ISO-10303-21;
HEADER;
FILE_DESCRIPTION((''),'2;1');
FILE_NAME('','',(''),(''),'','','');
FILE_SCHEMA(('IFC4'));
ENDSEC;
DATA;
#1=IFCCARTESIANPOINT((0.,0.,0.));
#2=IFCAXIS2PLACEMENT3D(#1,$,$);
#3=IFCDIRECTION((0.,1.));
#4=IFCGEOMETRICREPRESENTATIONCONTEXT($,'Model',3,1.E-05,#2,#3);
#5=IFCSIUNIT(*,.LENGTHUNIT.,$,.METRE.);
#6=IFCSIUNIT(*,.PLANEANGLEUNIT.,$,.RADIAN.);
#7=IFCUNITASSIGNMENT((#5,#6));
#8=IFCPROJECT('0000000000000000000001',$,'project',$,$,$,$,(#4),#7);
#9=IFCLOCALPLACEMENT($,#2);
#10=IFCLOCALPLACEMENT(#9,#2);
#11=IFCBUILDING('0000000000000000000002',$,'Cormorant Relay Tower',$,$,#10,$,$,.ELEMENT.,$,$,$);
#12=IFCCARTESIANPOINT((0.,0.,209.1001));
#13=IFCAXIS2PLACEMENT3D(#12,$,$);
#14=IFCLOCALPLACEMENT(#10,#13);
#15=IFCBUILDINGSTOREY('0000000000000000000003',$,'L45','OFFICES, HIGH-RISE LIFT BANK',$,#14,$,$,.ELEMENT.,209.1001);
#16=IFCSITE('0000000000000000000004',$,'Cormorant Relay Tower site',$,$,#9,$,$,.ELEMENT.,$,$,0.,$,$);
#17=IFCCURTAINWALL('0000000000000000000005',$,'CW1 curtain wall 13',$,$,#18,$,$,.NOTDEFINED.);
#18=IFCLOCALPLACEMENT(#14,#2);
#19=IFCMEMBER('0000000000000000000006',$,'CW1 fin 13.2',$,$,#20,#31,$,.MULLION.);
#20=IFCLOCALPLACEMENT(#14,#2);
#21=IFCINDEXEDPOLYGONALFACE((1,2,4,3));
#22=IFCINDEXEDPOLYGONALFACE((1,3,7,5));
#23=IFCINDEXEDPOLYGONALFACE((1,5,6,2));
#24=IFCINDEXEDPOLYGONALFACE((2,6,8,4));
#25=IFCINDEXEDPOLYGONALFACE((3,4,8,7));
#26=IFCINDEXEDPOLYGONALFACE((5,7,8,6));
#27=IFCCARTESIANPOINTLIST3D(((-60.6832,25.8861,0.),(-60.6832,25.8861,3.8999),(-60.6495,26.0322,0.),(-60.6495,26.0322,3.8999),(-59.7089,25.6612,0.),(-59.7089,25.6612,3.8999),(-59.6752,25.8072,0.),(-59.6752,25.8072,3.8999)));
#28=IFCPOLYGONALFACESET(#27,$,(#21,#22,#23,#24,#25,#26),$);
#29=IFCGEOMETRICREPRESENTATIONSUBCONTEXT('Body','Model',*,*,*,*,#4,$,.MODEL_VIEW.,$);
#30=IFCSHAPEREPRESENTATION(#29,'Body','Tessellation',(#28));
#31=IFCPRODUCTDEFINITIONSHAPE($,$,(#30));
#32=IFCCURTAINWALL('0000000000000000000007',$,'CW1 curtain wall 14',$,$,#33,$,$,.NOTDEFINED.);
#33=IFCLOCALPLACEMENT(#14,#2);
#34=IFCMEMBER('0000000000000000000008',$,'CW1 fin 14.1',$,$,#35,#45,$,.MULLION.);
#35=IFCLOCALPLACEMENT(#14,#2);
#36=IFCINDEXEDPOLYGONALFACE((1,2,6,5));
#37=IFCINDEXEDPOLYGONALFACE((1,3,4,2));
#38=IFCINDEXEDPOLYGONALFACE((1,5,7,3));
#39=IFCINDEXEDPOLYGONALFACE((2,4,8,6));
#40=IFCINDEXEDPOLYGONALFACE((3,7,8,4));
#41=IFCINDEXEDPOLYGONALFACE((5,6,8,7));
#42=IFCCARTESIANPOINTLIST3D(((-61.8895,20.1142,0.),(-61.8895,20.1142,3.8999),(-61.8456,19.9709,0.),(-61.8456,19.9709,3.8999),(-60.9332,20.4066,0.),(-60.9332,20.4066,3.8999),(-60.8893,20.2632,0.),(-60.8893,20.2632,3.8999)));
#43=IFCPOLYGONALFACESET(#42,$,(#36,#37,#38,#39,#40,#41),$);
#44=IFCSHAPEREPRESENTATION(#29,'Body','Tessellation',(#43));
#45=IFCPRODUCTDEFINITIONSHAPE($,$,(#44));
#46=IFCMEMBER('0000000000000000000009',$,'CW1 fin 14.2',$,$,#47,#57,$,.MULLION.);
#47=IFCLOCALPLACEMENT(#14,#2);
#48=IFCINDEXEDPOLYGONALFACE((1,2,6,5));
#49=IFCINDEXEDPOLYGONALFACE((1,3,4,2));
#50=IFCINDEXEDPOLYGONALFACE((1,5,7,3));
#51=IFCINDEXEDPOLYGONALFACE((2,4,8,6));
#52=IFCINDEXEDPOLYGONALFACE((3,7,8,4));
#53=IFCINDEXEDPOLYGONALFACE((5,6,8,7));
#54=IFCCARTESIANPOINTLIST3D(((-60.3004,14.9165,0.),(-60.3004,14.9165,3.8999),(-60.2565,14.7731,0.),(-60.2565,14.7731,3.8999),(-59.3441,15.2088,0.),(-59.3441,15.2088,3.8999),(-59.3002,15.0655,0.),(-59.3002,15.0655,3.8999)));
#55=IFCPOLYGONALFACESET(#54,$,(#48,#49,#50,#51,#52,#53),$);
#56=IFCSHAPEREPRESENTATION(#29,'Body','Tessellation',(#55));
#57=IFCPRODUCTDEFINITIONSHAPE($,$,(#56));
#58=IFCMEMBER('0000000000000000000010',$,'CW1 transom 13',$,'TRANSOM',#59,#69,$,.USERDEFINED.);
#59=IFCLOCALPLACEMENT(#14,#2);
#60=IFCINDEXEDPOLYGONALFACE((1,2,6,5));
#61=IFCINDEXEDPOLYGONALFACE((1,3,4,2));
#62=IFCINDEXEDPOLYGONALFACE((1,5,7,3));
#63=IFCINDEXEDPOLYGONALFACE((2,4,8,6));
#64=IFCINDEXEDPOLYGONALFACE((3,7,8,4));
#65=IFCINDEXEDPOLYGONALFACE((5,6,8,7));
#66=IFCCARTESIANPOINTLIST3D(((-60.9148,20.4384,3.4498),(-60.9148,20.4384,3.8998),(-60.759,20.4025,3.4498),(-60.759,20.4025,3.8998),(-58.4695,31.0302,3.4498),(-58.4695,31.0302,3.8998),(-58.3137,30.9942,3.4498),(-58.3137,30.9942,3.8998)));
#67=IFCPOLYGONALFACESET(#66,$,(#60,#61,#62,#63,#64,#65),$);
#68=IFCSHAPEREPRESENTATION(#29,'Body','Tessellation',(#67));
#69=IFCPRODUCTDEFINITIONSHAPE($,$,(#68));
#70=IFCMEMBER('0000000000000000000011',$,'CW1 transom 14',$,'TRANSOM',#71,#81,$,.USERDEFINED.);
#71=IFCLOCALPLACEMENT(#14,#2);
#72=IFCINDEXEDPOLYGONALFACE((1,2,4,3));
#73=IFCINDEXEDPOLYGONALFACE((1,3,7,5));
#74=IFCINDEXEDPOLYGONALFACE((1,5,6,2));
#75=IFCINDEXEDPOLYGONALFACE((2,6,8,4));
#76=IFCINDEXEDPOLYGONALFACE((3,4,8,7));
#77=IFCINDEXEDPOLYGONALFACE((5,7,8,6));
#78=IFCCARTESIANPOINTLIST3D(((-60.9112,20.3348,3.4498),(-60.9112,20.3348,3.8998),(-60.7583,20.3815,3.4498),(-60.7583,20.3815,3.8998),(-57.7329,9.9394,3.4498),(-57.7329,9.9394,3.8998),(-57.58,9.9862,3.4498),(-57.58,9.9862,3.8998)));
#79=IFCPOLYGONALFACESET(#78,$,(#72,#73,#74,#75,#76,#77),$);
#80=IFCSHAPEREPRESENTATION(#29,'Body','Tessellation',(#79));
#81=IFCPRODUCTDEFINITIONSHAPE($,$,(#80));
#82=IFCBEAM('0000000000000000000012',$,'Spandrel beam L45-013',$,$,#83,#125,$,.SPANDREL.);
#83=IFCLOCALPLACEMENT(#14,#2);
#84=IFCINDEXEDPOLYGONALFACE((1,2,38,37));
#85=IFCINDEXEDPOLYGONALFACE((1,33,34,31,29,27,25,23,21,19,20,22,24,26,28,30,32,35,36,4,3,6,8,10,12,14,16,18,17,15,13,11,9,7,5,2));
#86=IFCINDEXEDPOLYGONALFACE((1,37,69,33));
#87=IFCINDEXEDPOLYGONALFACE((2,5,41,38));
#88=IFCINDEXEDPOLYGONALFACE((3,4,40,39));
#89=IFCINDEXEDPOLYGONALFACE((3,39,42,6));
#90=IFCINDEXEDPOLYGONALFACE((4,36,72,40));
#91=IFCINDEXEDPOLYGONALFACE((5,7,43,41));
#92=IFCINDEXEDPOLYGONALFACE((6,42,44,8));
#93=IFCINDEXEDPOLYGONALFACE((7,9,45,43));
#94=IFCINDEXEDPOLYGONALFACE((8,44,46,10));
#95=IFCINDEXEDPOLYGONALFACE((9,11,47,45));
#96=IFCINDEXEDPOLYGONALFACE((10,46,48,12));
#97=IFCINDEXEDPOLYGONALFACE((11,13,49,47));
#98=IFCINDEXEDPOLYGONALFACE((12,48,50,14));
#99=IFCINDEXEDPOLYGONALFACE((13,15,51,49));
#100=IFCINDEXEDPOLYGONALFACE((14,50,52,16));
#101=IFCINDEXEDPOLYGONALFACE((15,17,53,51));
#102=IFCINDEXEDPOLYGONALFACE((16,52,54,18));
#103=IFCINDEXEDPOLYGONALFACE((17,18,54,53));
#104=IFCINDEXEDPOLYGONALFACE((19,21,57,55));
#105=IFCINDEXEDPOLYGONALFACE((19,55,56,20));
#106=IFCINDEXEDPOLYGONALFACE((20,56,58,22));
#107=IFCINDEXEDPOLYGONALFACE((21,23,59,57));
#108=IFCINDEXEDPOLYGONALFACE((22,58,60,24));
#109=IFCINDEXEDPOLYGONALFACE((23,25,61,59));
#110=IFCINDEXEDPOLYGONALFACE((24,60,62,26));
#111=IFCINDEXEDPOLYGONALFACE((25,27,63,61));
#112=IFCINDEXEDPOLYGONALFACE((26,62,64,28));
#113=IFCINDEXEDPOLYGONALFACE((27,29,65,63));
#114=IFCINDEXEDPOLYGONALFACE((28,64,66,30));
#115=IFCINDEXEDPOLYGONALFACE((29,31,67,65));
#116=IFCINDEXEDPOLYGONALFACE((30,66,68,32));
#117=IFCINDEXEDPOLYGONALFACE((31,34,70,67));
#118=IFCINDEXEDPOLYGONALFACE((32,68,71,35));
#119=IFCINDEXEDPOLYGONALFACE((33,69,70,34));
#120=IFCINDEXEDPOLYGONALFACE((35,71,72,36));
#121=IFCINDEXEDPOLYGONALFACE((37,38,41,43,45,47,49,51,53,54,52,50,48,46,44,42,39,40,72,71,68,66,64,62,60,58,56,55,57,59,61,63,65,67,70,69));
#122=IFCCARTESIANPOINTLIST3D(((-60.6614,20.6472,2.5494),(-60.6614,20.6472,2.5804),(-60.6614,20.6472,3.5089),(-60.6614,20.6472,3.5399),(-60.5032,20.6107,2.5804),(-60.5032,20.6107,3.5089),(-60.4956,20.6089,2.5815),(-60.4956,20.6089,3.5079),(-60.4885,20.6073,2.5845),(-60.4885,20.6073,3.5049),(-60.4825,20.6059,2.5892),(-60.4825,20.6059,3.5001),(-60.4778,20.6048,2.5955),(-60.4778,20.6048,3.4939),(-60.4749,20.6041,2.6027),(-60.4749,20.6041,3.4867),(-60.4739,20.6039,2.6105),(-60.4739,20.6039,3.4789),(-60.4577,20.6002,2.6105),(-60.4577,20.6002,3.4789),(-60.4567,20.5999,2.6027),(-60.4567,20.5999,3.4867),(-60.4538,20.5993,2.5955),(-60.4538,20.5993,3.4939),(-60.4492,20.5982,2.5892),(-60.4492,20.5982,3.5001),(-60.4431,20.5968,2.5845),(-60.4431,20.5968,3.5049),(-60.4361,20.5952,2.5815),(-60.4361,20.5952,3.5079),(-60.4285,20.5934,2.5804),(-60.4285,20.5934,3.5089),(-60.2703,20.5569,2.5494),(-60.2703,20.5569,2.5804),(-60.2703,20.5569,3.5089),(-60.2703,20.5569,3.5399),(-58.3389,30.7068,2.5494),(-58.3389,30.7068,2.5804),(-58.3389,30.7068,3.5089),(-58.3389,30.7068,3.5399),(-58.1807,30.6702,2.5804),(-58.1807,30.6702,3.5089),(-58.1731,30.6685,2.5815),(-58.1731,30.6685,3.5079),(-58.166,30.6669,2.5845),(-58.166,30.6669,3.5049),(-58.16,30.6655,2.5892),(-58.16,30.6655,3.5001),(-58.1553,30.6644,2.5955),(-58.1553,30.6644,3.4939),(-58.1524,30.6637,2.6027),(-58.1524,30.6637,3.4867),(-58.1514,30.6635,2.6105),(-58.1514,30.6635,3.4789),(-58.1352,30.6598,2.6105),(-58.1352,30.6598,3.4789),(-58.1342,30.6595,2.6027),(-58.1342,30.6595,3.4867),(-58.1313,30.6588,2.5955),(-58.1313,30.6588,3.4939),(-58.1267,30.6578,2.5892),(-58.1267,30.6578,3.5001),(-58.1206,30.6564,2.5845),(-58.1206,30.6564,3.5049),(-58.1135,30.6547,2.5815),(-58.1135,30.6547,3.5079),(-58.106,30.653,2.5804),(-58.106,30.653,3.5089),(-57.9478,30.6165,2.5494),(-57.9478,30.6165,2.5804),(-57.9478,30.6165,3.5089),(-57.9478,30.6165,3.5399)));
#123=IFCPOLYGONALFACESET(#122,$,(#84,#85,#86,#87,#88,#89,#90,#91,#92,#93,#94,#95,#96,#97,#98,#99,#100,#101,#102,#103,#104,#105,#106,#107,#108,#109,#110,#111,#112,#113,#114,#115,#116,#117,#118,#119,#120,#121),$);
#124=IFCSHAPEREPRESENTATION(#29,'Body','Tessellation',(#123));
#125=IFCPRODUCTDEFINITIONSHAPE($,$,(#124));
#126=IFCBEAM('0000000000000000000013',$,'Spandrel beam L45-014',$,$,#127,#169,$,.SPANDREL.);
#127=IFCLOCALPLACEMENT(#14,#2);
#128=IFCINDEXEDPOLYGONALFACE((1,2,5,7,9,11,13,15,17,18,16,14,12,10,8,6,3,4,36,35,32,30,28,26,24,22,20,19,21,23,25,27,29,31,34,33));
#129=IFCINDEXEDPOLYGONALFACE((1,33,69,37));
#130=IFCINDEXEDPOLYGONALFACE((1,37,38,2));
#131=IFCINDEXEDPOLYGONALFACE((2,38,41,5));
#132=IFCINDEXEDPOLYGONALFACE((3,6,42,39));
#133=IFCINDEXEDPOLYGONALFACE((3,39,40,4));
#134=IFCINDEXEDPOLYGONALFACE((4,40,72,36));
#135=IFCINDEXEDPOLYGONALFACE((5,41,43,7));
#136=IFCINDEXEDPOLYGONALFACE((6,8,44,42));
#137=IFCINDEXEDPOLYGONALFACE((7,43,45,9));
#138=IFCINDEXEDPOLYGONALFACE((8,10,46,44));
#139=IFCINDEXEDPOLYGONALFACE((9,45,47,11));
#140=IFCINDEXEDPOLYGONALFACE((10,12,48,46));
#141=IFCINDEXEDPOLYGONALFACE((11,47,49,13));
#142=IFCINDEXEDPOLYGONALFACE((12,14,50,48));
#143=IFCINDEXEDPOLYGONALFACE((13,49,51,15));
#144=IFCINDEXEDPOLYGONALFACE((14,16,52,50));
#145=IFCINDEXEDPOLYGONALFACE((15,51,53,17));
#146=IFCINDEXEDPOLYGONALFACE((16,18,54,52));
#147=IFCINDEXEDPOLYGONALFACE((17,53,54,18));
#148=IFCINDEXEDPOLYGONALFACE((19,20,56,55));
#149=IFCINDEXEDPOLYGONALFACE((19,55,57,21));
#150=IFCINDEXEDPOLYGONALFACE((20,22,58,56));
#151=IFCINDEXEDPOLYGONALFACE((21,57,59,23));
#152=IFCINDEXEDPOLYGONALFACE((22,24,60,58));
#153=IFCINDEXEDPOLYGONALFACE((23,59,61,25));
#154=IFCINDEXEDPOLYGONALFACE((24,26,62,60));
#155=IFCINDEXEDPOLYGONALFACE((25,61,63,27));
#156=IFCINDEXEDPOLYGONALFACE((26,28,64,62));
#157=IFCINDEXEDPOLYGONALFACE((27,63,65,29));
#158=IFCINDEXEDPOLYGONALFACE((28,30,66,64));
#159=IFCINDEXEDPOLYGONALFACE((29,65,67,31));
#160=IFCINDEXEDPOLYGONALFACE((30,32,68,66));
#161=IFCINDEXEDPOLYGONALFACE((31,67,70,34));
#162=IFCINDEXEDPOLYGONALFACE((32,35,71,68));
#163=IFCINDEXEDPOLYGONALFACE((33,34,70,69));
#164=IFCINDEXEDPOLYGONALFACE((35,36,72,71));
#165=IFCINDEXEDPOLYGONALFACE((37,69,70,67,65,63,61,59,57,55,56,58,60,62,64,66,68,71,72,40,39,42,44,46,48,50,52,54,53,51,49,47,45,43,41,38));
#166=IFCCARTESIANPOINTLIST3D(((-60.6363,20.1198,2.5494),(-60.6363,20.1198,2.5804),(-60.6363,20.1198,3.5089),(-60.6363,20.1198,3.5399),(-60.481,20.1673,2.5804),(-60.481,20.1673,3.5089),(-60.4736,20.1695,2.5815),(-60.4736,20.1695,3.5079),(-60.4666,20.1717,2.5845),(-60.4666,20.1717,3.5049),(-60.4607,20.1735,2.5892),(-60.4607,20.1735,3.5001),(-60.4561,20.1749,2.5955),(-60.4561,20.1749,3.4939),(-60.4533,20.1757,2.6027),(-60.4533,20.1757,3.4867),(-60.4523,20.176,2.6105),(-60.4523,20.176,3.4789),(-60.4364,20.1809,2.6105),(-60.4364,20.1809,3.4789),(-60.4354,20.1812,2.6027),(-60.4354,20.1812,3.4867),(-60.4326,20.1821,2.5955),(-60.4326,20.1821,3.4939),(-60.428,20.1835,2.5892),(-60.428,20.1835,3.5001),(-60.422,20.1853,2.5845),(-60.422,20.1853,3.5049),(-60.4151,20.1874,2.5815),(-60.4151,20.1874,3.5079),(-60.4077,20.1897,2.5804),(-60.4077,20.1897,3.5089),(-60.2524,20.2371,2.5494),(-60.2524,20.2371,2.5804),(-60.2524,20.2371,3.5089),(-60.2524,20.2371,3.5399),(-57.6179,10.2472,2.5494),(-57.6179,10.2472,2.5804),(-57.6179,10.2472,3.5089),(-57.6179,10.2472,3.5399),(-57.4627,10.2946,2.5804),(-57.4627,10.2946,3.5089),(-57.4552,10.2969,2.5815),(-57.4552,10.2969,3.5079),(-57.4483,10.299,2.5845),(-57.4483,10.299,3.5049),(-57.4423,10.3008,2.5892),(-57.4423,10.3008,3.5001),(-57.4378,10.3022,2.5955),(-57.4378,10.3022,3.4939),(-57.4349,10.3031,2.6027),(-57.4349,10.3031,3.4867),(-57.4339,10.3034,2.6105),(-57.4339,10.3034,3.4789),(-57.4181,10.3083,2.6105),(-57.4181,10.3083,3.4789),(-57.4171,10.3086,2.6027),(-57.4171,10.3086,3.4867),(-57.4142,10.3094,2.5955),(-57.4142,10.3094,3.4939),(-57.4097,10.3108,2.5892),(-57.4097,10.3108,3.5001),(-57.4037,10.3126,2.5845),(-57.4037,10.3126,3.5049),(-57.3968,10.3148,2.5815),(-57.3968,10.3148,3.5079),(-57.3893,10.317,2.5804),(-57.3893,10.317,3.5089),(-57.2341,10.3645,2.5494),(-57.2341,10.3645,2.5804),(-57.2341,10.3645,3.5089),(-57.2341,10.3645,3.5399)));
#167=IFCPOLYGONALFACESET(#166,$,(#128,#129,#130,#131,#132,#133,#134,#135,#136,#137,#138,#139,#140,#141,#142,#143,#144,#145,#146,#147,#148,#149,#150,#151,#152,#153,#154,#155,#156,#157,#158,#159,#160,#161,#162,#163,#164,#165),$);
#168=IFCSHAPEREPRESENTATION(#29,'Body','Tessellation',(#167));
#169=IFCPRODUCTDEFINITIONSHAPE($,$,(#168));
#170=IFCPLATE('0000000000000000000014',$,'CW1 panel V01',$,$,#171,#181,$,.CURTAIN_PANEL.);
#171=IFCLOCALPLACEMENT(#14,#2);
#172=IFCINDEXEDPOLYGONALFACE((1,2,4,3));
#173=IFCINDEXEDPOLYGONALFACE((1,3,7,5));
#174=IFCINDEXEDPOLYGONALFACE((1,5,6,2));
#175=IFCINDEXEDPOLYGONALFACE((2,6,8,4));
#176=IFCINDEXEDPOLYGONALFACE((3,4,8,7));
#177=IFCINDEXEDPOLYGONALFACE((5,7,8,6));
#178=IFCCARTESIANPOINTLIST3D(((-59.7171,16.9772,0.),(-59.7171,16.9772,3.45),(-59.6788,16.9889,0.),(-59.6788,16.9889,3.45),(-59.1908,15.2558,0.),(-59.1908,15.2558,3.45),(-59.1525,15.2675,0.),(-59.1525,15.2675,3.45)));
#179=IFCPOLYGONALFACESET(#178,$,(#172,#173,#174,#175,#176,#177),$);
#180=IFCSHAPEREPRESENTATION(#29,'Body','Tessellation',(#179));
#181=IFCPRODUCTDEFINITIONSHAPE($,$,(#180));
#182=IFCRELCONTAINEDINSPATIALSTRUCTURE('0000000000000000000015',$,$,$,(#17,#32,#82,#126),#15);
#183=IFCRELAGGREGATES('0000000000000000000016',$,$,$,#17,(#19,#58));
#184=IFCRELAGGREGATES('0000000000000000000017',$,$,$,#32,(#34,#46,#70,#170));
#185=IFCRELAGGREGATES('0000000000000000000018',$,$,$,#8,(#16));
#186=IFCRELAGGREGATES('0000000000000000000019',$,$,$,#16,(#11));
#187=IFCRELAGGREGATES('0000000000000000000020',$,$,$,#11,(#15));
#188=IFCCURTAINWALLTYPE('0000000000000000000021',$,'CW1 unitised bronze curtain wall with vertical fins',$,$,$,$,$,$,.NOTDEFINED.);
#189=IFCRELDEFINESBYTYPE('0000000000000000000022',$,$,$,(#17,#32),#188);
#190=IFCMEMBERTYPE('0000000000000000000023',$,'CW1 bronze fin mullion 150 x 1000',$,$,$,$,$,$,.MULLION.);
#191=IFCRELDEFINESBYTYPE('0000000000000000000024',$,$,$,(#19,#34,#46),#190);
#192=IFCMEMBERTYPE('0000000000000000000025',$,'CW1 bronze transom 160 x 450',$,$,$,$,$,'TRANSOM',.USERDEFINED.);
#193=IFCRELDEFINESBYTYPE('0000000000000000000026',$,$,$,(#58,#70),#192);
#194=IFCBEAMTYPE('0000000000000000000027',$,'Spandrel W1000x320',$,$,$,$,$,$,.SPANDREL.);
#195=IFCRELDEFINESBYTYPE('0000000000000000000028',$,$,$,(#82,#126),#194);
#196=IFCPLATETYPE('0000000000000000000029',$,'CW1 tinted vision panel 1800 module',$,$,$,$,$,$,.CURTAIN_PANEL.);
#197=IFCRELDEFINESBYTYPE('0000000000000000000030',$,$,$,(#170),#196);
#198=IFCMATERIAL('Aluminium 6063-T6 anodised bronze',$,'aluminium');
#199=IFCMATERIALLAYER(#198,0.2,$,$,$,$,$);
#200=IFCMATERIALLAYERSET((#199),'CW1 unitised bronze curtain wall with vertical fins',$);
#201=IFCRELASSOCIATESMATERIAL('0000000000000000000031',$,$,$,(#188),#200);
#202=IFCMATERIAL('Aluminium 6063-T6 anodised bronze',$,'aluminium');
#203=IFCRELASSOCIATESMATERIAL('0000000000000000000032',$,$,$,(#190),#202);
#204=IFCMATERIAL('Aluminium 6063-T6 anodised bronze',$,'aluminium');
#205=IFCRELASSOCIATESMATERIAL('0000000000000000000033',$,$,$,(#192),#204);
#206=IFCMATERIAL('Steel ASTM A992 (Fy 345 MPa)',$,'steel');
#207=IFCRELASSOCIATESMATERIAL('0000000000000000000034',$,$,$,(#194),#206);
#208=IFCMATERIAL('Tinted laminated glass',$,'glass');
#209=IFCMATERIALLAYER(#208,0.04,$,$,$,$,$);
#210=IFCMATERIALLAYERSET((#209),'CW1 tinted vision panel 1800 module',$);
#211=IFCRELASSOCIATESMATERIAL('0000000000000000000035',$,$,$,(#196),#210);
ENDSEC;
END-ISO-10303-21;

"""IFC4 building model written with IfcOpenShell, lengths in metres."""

from ifc_helpers import new_model, si_unit, direction, frame, origin, origin_2d, place, context, subcontext, project, spatial, rectangle, i_section, extrude, material, layer, layer_set, material_profile, profile_set, type_object, element, aggregate, save


model = new_model("IFC4")

# Units and contexts
model_context = context("Model", 3, precision=1e-05, world=origin(), true_north=direction((0.0, 1.0)))
body_context = subcontext(model_context, "Body", "Model", "MODEL_VIEW")
ifc_project = project(units=[si_unit("LENGTHUNIT", "METRE"), si_unit("PLANEANGLEUNIT", "RADIAN")], contexts=[model_context])

# Site, building, storey
site_placement = place(None, origin())
site = spatial("IfcSite", under=ifc_project, at=site_placement, Name="Cormorant Relay Tower site", CompositionType="ELEMENT", RefElevation=0.0)
building_placement = place(site_placement, origin())
building = spatial("IfcBuilding", under=site, at=building_placement, Name="Cormorant Relay Tower", CompositionType="ELEMENT")
storey_placement = place(building_placement, frame((0.0, 0.0, 209.1001)))
storey = spatial("IfcBuildingStorey", under=building, at=storey_placement, Name="L45", Description="OFFICES, HIGH-RISE LIFT BANK", CompositionType="ELEMENT", Elevation=209.1001)

# Curtain walls, members
ifc_material_1 = material(Name="Aluminium 6063-T6 anodised bronze", Category="aluminium")
ifc_layer_1 = layer(ifc_material_1, 0.2)
ifc_layer_set_1 = layer_set([ifc_layer_1], Name="CW1 unitised bronze curtain wall with vertical fins")
curtain_wall_type = type_object("IfcCurtainWallType", Name="CW1 unitised bronze curtain wall with vertical fins", PredefinedType="NOTDEFINED", material=ifc_layer_set_1)
curtain_wall_1_placement = place(storey_placement, origin())
curtain_wall_1 = element("IfcCurtainWall", 1, at=curtain_wall_1_placement, inside=storey, type_object=curtain_wall_type, Name="CW1 curtain wall 13", PredefinedType="NOTDEFINED")
ifc_material_2 = material(Name="Aluminium 6063-T6 anodised bronze", Category="aluminium")
ifc_material_profile_1 = material_profile(ifc_material_2, rectangle(XDim=0.1499, YDim=1.0, at=origin_2d()), Name="AL 150x1000")
ifc_profile_set_1 = profile_set([ifc_material_profile_1], Name="Aluminium 6063-T6 anodised bronze")
member_type_1 = type_object("IfcMemberType", Name="CW1 bronze fin mullion 150 x 1000", PredefinedType="MULLION", material=ifc_profile_set_1)
member_1_placement = place(storey_placement, frame((-60.1792, 25.8467, 0.0), z_axis=(0.0, 0.0, 1.0), x_axis=(-0.224951, -0.97437, 0.0)))
member_1 = element("IfcMember", 2, at=member_1_placement, type_object=member_type_1, Name="CW1 fin 13.2", PredefinedType="MULLION", context=body_context, shape_type="SweptSolid", body=[
    extrude(rectangle(XDim=0.1499, YDim=1.0, at=origin_2d()), origin(), (0.0, 0.0, 1.0), 3.8999),
])
curtain_wall_2_placement = place(storey_placement, origin())
curtain_wall_2 = element("IfcCurtainWall", 3, at=curtain_wall_2_placement, inside=storey, type_object=curtain_wall_type, Name="CW1 curtain wall 14", PredefinedType="NOTDEFINED")
member_2_placement = place(storey_placement, frame((-61.3894, 20.1887, 0.0), z_axis=(0.0, 0.0, 1.0), x_axis=(0.292372, -0.956305, 0.0)))
member_2 = element("IfcMember", 4, at=member_2_placement, type_object=member_type_1, Name="CW1 fin 14.1", PredefinedType="MULLION", context=body_context, shape_type="SweptSolid", body=[
    extrude(rectangle(XDim=0.1499, YDim=1.0, at=origin_2d()), origin(), (0.0, 0.0, 1.0), 3.8999),
])
member_3_placement = place(storey_placement, frame((-59.8003, 14.991, 0.0), z_axis=(0.0, 0.0, 1.0), x_axis=(0.292372, -0.956305, 0.0)))
member_3 = element("IfcMember", 5, at=member_3_placement, type_object=member_type_1, Name="CW1 fin 14.2", PredefinedType="MULLION", context=body_context, shape_type="SweptSolid", body=[
    extrude(rectangle(XDim=0.1499, YDim=1.0, at=origin_2d()), origin(), (0.0, 0.0, 1.0), 3.8999),
])

# Members
ifc_material_3 = material(Name="Aluminium 6063-T6 anodised bronze", Category="aluminium")
ifc_material_profile_2 = material_profile(ifc_material_3, rectangle(XDim=0.1599, YDim=0.45, at=origin_2d()), Name="AL 160x450")
ifc_profile_set_2 = profile_set([ifc_material_profile_2], Name="Aluminium 6063-T6 anodised bronze")
member_type_2 = type_object("IfcMemberType", Name="CW1 bronze transom 160 x 450", ElementType="TRANSOM", PredefinedType="USERDEFINED", material=ifc_profile_set_2)
member_4_placement = place(storey_placement, frame((-58.3916, 31.0122, 3.6748), z_axis=(-0.224951, -0.97437, 0.0), x_axis=(0.97437, -0.224951, 0.0)))
member_4 = element("IfcMember", 6, at=member_4_placement, type_object=member_type_2, Name="CW1 transom 13", ObjectType="TRANSOM", PredefinedType="USERDEFINED", context=body_context, shape_type="SweptSolid", body=[
    extrude(rectangle(XDim=0.1599, YDim=0.45, at=origin_2d()), origin(), (0.0, 0.0, 1.0), 10.8704),
])
member_5_placement = place(storey_placement, frame((-60.8347, 20.3582, 3.6748), z_axis=(0.292378, -0.956303, 0.0), x_axis=(0.956303, 0.292378, 0.0)))
member_5 = element("IfcMember", 7, at=member_5_placement, type_object=member_type_2, Name="CW1 transom 14", ObjectType="TRANSOM", PredefinedType="USERDEFINED", context=body_context, shape_type="SweptSolid", body=[
    extrude(rectangle(XDim=0.1599, YDim=0.45, at=origin_2d()), origin(), (0.0, 0.0, 1.0), 10.8704),
])

# Beams
ifc_material_4 = material(Name="Steel ASTM A992 (Fy 345 MPa)", Category="steel")
ifc_material_profile_3 = material_profile(ifc_material_4, i_section(OverallWidth=0.4014, OverallDepth=0.9905, WebThickness=0.0166, FlangeThickness=0.031, FilletRadius=0.03, at=origin_2d()), Name="W1000x320")
ifc_profile_set_3 = profile_set([ifc_material_profile_3], Name="Steel ASTM A992 (Fy 345 MPa)")
beam_type = type_object("IfcBeamType", Name="Spandrel W1000x320", PredefinedType="SPANDREL", material=ifc_profile_set_3)
beam_1_placement = place(storey_placement, frame((-58.1433, 30.6616, 3.0447), z_axis=(-0.224958, -0.974368, 0.0), x_axis=(0.974368, -0.224958, 0.0)))
element("IfcBeam", 8, at=beam_1_placement, inside=storey, type_object=beam_type, Name="Spandrel beam L45-013", PredefinedType="SPANDREL", context=body_context, shape_type="SweptSolid", body=[
    extrude(i_section(OverallWidth=0.4014, OverallDepth=0.9905, WebThickness=0.0166, FlangeThickness=0.031, FilletRadius=0.03, at=origin_2d()), origin(), (0.0, 0.0, 1.0), 10.3242),
])
beam_2_placement = place(storey_placement, frame((-60.4443, 20.1785, 3.0447), z_axis=(0.292369, -0.956306, 0.0), x_axis=(0.956306, 0.292369, 0.0)))
element("IfcBeam", 9, at=beam_2_placement, inside=storey, type_object=beam_type, Name="Spandrel beam L45-014", PredefinedType="SPANDREL", context=body_context, shape_type="SweptSolid", body=[
    extrude(i_section(OverallWidth=0.4014, OverallDepth=0.9905, WebThickness=0.0166, FlangeThickness=0.031, FilletRadius=0.03, at=origin_2d()), origin(), (0.0, 0.0, 1.0), 10.3237),
])

# Plate
ifc_material_5 = material(Name="Tinted laminated glass", Category="glass")
ifc_layer_2 = layer(ifc_material_5, 0.04)
ifc_layer_set_2 = layer_set([ifc_layer_2], Name="CW1 tinted vision panel 1800 module")
plate_type_1 = type_object("IfcPlateType", Name="CW1 tinted vision panel 1800 module", PredefinedType="CURTAIN_PANEL", material=ifc_layer_set_2)
plate_1_placement = place(storey_placement, frame((-59.4348, 16.1223, 0.0), z_axis=(0.0, 0.0, 1.0), x_axis=(0.292372, -0.956305, 0.0)))
plate_1 = element("IfcPlate", 10, at=plate_1_placement, type_object=plate_type_1, Name="CW1 panel V01", PredefinedType="CURTAIN_PANEL", context=body_context, shape_type="SweptSolid", body=[
    extrude(rectangle(XDim=1.8, YDim=0.04, at=origin_2d()), origin(), (0.0, 0.0, 1.0), 3.45),
])

aggregate(curtain_wall_1, [member_1, member_4])
aggregate(curtain_wall_2, [member_2, member_3, member_5, plate_1])

save(model, "model.ifc")
